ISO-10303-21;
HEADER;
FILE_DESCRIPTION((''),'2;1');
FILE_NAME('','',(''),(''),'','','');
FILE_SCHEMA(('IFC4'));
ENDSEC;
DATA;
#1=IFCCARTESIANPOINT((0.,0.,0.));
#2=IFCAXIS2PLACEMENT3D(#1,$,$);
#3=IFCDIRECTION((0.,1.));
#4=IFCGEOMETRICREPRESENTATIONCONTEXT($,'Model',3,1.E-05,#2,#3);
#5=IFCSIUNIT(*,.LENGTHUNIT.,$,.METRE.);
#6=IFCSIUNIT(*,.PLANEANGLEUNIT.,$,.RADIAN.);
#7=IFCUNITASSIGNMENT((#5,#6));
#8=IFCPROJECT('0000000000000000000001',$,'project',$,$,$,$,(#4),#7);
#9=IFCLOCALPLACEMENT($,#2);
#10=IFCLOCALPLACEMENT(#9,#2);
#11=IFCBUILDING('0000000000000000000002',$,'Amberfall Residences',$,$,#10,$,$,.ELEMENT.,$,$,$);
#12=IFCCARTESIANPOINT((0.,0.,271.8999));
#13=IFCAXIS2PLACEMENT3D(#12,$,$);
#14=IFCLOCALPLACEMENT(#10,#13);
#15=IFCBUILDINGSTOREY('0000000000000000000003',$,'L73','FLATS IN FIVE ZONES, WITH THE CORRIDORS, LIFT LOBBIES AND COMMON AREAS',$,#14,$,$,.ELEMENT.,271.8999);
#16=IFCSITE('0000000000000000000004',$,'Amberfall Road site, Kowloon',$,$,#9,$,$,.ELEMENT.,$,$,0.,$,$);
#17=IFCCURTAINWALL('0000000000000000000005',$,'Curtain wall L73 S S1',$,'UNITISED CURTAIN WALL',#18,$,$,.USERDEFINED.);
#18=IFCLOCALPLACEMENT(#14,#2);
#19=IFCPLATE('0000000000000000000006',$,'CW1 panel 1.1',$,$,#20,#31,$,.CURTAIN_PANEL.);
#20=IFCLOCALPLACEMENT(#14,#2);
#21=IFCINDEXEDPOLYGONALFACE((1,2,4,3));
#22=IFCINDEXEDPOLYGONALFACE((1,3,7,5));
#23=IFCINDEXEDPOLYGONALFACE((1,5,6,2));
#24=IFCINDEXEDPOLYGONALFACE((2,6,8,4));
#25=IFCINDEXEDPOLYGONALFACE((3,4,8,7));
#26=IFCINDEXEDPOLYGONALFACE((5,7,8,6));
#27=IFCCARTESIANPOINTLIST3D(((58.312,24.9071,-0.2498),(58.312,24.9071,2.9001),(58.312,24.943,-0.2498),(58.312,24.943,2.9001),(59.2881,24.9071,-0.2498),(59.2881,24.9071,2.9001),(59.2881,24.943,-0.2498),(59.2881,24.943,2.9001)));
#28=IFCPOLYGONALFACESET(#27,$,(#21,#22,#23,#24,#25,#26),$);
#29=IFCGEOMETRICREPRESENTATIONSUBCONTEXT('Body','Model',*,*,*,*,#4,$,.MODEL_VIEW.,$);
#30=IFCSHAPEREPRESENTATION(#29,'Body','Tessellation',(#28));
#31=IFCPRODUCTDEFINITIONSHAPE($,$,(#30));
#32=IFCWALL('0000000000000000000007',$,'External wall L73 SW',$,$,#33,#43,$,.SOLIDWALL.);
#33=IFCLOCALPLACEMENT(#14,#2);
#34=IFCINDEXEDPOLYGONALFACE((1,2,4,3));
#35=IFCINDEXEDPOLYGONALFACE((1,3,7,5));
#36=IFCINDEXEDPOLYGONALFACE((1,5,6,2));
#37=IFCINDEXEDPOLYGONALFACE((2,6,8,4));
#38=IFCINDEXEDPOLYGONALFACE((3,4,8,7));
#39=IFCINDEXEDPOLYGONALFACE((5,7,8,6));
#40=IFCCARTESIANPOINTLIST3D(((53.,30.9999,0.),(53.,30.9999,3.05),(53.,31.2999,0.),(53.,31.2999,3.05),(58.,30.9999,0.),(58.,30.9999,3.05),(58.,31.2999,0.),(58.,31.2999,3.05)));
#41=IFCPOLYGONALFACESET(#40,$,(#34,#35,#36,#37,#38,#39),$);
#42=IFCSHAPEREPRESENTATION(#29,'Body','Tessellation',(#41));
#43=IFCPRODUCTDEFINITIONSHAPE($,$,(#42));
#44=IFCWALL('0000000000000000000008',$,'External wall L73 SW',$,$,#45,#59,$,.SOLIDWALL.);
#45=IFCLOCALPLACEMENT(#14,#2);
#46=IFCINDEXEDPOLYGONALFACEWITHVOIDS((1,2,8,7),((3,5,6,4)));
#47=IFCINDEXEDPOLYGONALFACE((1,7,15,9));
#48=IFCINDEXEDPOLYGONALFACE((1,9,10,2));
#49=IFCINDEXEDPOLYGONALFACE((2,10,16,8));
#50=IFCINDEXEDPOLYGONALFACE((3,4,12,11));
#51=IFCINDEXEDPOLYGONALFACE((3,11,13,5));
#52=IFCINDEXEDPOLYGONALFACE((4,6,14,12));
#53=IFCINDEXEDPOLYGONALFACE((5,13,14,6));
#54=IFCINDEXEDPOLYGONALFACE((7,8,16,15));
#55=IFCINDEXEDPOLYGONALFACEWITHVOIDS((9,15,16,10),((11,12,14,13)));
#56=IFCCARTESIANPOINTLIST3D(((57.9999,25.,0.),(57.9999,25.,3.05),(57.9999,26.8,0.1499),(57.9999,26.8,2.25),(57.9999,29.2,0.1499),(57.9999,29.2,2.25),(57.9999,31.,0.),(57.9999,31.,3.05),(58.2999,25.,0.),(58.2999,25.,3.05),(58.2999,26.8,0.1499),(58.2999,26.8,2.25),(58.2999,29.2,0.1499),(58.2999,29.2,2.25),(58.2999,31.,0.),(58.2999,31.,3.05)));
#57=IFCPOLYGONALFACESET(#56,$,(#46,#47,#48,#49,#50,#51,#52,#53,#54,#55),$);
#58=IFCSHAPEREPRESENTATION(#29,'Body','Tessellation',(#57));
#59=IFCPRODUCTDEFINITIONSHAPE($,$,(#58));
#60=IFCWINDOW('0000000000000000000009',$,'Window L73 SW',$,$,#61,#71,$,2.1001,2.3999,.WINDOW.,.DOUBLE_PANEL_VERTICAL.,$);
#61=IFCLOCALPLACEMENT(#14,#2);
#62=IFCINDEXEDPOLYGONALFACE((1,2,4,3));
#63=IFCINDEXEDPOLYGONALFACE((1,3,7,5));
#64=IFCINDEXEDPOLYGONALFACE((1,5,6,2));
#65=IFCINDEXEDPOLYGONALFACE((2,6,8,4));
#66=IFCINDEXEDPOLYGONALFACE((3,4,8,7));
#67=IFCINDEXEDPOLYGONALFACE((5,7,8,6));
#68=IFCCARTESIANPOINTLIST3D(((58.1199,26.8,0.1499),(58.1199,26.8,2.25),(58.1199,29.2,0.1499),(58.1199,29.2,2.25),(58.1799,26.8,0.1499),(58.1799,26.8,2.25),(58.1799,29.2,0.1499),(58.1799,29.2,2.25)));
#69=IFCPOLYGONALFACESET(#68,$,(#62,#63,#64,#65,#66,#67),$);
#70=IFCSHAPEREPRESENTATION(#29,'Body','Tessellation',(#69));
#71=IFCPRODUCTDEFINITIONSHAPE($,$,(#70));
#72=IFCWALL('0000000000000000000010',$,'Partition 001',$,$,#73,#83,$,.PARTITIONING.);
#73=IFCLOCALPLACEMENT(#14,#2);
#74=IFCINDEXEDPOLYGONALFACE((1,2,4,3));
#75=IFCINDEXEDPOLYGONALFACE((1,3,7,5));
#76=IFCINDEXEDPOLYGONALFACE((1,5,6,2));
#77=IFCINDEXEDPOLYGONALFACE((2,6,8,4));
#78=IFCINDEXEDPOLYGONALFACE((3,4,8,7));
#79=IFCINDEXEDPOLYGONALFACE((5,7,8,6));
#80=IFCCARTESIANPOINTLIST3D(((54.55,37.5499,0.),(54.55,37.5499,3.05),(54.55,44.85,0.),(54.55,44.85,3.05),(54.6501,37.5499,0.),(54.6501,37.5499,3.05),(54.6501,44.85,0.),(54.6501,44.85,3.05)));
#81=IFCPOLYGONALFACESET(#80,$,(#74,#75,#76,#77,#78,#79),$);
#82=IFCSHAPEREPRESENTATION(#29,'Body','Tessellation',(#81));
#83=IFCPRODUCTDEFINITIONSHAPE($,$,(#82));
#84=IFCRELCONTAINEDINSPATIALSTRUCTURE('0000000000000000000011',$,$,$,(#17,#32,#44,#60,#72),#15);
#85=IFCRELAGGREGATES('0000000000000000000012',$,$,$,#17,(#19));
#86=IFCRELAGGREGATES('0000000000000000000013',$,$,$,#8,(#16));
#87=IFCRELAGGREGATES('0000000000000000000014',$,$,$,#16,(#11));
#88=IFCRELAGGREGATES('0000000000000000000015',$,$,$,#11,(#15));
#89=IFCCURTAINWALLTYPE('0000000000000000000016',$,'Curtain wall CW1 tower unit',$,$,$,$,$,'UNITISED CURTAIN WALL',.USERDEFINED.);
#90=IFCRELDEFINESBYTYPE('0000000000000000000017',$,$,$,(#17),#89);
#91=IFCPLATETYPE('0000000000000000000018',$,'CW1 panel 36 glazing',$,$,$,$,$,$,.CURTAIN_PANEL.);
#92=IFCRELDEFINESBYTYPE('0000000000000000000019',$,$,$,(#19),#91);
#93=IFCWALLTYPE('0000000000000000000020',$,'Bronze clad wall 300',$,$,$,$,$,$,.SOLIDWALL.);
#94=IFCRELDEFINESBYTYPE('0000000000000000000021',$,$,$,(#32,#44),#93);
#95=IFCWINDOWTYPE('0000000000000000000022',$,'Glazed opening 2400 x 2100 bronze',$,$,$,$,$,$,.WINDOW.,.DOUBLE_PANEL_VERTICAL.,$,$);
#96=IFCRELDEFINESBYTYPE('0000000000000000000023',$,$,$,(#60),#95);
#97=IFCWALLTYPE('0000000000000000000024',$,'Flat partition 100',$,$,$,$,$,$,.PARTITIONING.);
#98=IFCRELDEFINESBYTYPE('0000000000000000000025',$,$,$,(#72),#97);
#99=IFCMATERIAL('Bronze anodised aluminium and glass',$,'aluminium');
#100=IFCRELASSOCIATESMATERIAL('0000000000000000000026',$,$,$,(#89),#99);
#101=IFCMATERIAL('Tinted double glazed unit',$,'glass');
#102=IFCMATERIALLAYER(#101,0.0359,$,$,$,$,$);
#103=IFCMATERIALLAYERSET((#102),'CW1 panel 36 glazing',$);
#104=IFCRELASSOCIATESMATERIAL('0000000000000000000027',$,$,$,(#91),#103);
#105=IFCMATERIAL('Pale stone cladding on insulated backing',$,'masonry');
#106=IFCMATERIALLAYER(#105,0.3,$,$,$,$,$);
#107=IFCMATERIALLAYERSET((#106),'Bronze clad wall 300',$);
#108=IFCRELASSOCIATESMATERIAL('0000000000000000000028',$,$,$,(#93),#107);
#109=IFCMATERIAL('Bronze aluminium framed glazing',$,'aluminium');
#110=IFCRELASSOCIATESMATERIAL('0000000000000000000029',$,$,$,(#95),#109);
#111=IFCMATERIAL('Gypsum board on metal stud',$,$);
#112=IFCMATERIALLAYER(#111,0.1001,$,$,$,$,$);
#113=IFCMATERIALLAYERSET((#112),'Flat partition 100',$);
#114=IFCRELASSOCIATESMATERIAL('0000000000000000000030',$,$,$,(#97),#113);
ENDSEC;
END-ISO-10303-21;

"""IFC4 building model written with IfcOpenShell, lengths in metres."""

from ifc_helpers import new_model, si_unit, direction, frame, frame_2d, origin, origin_2d, place, context, subcontext, project, spatial, rectangle, extrude, material, layer, layer_set, type_object, element, fill, aggregate, save


model = new_model("IFC4")

# Units and contexts
model_context = context("Model", 3, precision=1e-05, world=origin(), true_north=direction((0.0, 1.0)))
body_context = subcontext(model_context, "Body", "Model", "MODEL_VIEW")
ifc_project = project(units=[si_unit("LENGTHUNIT", "METRE"), si_unit("PLANEANGLEUNIT", "RADIAN")], contexts=[model_context])

# Site, building, storey
site_placement = place(None, origin())
site = spatial("IfcSite", under=ifc_project, at=site_placement, Name="Amberfall Road site, Kowloon", CompositionType="ELEMENT", RefElevation=0.0)
building_placement = place(site_placement, origin())
building = spatial("IfcBuilding", under=site, at=building_placement, Name="Amberfall Residences", CompositionType="ELEMENT")
storey_placement = place(building_placement, frame((0.0, 0.0, 271.8999)))
storey = spatial("IfcBuildingStorey", under=building, at=storey_placement, Name="L73", Description="FLATS IN FIVE ZONES, WITH THE CORRIDORS, LIFT LOBBIES AND COMMON AREAS", CompositionType="ELEMENT", Elevation=271.8999)

# Curtain wall
ifc_material_1 = material(Name="Bronze anodised aluminium and glass", Category="aluminium")
curtain_wall_type = type_object("IfcCurtainWallType", Name="Curtain wall CW1 tower unit", ElementType="UNITISED CURTAIN WALL", PredefinedType="USERDEFINED", material=ifc_material_1)
curtain_wall_placement = place(storey_placement, origin())
curtain_wall = element("IfcCurtainWall", 1, at=curtain_wall_placement, inside=storey, type_object=curtain_wall_type, Name="Curtain wall L73 S S1", ObjectType="UNITISED CURTAIN WALL", PredefinedType="USERDEFINED")

# Plate
ifc_material_2 = material(Name="Tinted double glazed unit", Category="glass")
ifc_layer_1 = layer(ifc_material_2, 0.0359)
ifc_layer_set_1 = layer_set([ifc_layer_1], Name="CW1 panel 36 glazing")
plate_type = type_object("IfcPlateType", Name="CW1 panel 36 glazing", PredefinedType="CURTAIN_PANEL", material=ifc_layer_set_1)
plate_placement = place(storey_placement, frame((58.8, 24.925, -0.2498), z_axis=(0.0, 0.0, 1.0), x_axis=(1.0, 0.0, 0.0)))
plate = element("IfcPlate", 2, at=plate_placement, type_object=plate_type, Name="CW1 panel 1.1", PredefinedType="CURTAIN_PANEL", context=body_context, shape_type="SweptSolid", body=[
    extrude(rectangle(XDim=0.9761, YDim=0.0359, at=origin_2d()), origin(), (0.0, 0.0, 1.0), 3.1499),
])
aggregate(curtain_wall, [plate])

# Wall
ifc_material_3 = material(Name="Pale stone cladding on insulated backing", Category="masonry")
ifc_layer_2 = layer(ifc_material_3, 0.3)
ifc_layer_set_2 = layer_set([ifc_layer_2], Name="Bronze clad wall 300")
wall_type_1 = type_object("IfcWallType", Name="Bronze clad wall 300", PredefinedType="SOLIDWALL", material=ifc_layer_set_2)
wall_1_placement = place(storey_placement, frame((53.0, 31.1499, 0.0), z_axis=(0.0, 0.0, 1.0), x_axis=(1.0, 0.0, 0.0)))
element("IfcWall", 3, at=wall_1_placement, inside=storey, type_object=wall_type_1, Name="External wall L73 SW", PredefinedType="SOLIDWALL", context=body_context, shape_type="SweptSolid", body=[
    extrude(rectangle(XDim=5.0, YDim=0.3, at=frame_2d((2.5, 0.0))), origin(), (0.0, 0.0, 1.0), 3.05),
])

# Wall, opening, window
wall_2_placement = place(storey_placement, frame((58.1499, 31.0, 0.0), z_axis=(0.0, 0.0, 1.0), x_axis=(0.0, -1.0, 0.0)))
wall_2 = element("IfcWall", 4, at=wall_2_placement, inside=storey, type_object=wall_type_1, Name="External wall L73 SW", PredefinedType="SOLIDWALL", context=body_context, shape_type="SweptSolid", body=[
    extrude(rectangle(XDim=6.0, YDim=0.3, at=frame_2d((3.0, 0.0))), origin(), (0.0, 0.0, 1.0), 3.05),
])
opening_1_placement = place(wall_2_placement, frame((1.8, 0.0, 0.1499)))
opening_1 = element("IfcOpeningElement", 5, at=opening_1_placement, cuts=wall_2, PredefinedType="OPENING", context=body_context, shape_type="SweptSolid", body=[
    extrude(rectangle(XDim=2.3999, YDim=2.1001, at=frame_2d((1.2, 1.05))), frame((0.0, 0.1599, 0.0), z_axis=(0.0, -1.0, 0.0), x_axis=(1.0, 0.0, 0.0)), (0.0, 0.0, 1.0), 0.3201),
])
ifc_material_4 = material(Name="Bronze aluminium framed glazing", Category="aluminium")
window_type = type_object("IfcWindowType", Name="Glazed opening 2400 x 2100 bronze", PartitioningType="DOUBLE_PANEL_VERTICAL", PredefinedType="WINDOW", material=ifc_material_4)
window_placement = place(opening_1_placement, origin())
window = element("IfcWindow", 6, at=window_placement, inside=storey, type_object=window_type, Name="Window L73 SW", OverallHeight=2.1001, OverallWidth=2.3999, PartitioningType="DOUBLE_PANEL_VERTICAL", PredefinedType="WINDOW", context=body_context, shape_type="SweptSolid", body=[
    extrude(rectangle(XDim=2.3999, YDim=2.1001, at=frame_2d((1.2, 1.05))), frame((0.0, 0.03, 0.0), z_axis=(0.0, -1.0, 0.0), x_axis=(1.0, 0.0, 0.0)), (0.0, 0.0, 1.0), 0.0601),
])
fill(opening_1, window)

# Wall
ifc_material_5 = material(Name="Gypsum board on metal stud")
ifc_layer_3 = layer(ifc_material_5, 0.1001)
ifc_layer_set_3 = layer_set([ifc_layer_3], Name="Flat partition 100")
wall_type_2 = type_object("IfcWallType", Name="Flat partition 100", PredefinedType="PARTITIONING", material=ifc_layer_set_3)
wall_3_placement = place(storey_placement, frame((54.6001, 37.55, 0.0), z_axis=(0.0, 0.0, 1.0), x_axis=(0.0, 1.0, 0.0)))
element("IfcWall", 7, at=wall_3_placement, inside=storey, type_object=wall_type_2, Name="Partition 001", PredefinedType="PARTITIONING", context=body_context, shape_type="SweptSolid", body=[
    extrude(rectangle(XDim=7.3, YDim=0.1001, at=frame_2d((3.6499, 0.0))), origin(), (0.0, 0.0, 1.0), 3.05),
])

save(model, "model.ifc")
